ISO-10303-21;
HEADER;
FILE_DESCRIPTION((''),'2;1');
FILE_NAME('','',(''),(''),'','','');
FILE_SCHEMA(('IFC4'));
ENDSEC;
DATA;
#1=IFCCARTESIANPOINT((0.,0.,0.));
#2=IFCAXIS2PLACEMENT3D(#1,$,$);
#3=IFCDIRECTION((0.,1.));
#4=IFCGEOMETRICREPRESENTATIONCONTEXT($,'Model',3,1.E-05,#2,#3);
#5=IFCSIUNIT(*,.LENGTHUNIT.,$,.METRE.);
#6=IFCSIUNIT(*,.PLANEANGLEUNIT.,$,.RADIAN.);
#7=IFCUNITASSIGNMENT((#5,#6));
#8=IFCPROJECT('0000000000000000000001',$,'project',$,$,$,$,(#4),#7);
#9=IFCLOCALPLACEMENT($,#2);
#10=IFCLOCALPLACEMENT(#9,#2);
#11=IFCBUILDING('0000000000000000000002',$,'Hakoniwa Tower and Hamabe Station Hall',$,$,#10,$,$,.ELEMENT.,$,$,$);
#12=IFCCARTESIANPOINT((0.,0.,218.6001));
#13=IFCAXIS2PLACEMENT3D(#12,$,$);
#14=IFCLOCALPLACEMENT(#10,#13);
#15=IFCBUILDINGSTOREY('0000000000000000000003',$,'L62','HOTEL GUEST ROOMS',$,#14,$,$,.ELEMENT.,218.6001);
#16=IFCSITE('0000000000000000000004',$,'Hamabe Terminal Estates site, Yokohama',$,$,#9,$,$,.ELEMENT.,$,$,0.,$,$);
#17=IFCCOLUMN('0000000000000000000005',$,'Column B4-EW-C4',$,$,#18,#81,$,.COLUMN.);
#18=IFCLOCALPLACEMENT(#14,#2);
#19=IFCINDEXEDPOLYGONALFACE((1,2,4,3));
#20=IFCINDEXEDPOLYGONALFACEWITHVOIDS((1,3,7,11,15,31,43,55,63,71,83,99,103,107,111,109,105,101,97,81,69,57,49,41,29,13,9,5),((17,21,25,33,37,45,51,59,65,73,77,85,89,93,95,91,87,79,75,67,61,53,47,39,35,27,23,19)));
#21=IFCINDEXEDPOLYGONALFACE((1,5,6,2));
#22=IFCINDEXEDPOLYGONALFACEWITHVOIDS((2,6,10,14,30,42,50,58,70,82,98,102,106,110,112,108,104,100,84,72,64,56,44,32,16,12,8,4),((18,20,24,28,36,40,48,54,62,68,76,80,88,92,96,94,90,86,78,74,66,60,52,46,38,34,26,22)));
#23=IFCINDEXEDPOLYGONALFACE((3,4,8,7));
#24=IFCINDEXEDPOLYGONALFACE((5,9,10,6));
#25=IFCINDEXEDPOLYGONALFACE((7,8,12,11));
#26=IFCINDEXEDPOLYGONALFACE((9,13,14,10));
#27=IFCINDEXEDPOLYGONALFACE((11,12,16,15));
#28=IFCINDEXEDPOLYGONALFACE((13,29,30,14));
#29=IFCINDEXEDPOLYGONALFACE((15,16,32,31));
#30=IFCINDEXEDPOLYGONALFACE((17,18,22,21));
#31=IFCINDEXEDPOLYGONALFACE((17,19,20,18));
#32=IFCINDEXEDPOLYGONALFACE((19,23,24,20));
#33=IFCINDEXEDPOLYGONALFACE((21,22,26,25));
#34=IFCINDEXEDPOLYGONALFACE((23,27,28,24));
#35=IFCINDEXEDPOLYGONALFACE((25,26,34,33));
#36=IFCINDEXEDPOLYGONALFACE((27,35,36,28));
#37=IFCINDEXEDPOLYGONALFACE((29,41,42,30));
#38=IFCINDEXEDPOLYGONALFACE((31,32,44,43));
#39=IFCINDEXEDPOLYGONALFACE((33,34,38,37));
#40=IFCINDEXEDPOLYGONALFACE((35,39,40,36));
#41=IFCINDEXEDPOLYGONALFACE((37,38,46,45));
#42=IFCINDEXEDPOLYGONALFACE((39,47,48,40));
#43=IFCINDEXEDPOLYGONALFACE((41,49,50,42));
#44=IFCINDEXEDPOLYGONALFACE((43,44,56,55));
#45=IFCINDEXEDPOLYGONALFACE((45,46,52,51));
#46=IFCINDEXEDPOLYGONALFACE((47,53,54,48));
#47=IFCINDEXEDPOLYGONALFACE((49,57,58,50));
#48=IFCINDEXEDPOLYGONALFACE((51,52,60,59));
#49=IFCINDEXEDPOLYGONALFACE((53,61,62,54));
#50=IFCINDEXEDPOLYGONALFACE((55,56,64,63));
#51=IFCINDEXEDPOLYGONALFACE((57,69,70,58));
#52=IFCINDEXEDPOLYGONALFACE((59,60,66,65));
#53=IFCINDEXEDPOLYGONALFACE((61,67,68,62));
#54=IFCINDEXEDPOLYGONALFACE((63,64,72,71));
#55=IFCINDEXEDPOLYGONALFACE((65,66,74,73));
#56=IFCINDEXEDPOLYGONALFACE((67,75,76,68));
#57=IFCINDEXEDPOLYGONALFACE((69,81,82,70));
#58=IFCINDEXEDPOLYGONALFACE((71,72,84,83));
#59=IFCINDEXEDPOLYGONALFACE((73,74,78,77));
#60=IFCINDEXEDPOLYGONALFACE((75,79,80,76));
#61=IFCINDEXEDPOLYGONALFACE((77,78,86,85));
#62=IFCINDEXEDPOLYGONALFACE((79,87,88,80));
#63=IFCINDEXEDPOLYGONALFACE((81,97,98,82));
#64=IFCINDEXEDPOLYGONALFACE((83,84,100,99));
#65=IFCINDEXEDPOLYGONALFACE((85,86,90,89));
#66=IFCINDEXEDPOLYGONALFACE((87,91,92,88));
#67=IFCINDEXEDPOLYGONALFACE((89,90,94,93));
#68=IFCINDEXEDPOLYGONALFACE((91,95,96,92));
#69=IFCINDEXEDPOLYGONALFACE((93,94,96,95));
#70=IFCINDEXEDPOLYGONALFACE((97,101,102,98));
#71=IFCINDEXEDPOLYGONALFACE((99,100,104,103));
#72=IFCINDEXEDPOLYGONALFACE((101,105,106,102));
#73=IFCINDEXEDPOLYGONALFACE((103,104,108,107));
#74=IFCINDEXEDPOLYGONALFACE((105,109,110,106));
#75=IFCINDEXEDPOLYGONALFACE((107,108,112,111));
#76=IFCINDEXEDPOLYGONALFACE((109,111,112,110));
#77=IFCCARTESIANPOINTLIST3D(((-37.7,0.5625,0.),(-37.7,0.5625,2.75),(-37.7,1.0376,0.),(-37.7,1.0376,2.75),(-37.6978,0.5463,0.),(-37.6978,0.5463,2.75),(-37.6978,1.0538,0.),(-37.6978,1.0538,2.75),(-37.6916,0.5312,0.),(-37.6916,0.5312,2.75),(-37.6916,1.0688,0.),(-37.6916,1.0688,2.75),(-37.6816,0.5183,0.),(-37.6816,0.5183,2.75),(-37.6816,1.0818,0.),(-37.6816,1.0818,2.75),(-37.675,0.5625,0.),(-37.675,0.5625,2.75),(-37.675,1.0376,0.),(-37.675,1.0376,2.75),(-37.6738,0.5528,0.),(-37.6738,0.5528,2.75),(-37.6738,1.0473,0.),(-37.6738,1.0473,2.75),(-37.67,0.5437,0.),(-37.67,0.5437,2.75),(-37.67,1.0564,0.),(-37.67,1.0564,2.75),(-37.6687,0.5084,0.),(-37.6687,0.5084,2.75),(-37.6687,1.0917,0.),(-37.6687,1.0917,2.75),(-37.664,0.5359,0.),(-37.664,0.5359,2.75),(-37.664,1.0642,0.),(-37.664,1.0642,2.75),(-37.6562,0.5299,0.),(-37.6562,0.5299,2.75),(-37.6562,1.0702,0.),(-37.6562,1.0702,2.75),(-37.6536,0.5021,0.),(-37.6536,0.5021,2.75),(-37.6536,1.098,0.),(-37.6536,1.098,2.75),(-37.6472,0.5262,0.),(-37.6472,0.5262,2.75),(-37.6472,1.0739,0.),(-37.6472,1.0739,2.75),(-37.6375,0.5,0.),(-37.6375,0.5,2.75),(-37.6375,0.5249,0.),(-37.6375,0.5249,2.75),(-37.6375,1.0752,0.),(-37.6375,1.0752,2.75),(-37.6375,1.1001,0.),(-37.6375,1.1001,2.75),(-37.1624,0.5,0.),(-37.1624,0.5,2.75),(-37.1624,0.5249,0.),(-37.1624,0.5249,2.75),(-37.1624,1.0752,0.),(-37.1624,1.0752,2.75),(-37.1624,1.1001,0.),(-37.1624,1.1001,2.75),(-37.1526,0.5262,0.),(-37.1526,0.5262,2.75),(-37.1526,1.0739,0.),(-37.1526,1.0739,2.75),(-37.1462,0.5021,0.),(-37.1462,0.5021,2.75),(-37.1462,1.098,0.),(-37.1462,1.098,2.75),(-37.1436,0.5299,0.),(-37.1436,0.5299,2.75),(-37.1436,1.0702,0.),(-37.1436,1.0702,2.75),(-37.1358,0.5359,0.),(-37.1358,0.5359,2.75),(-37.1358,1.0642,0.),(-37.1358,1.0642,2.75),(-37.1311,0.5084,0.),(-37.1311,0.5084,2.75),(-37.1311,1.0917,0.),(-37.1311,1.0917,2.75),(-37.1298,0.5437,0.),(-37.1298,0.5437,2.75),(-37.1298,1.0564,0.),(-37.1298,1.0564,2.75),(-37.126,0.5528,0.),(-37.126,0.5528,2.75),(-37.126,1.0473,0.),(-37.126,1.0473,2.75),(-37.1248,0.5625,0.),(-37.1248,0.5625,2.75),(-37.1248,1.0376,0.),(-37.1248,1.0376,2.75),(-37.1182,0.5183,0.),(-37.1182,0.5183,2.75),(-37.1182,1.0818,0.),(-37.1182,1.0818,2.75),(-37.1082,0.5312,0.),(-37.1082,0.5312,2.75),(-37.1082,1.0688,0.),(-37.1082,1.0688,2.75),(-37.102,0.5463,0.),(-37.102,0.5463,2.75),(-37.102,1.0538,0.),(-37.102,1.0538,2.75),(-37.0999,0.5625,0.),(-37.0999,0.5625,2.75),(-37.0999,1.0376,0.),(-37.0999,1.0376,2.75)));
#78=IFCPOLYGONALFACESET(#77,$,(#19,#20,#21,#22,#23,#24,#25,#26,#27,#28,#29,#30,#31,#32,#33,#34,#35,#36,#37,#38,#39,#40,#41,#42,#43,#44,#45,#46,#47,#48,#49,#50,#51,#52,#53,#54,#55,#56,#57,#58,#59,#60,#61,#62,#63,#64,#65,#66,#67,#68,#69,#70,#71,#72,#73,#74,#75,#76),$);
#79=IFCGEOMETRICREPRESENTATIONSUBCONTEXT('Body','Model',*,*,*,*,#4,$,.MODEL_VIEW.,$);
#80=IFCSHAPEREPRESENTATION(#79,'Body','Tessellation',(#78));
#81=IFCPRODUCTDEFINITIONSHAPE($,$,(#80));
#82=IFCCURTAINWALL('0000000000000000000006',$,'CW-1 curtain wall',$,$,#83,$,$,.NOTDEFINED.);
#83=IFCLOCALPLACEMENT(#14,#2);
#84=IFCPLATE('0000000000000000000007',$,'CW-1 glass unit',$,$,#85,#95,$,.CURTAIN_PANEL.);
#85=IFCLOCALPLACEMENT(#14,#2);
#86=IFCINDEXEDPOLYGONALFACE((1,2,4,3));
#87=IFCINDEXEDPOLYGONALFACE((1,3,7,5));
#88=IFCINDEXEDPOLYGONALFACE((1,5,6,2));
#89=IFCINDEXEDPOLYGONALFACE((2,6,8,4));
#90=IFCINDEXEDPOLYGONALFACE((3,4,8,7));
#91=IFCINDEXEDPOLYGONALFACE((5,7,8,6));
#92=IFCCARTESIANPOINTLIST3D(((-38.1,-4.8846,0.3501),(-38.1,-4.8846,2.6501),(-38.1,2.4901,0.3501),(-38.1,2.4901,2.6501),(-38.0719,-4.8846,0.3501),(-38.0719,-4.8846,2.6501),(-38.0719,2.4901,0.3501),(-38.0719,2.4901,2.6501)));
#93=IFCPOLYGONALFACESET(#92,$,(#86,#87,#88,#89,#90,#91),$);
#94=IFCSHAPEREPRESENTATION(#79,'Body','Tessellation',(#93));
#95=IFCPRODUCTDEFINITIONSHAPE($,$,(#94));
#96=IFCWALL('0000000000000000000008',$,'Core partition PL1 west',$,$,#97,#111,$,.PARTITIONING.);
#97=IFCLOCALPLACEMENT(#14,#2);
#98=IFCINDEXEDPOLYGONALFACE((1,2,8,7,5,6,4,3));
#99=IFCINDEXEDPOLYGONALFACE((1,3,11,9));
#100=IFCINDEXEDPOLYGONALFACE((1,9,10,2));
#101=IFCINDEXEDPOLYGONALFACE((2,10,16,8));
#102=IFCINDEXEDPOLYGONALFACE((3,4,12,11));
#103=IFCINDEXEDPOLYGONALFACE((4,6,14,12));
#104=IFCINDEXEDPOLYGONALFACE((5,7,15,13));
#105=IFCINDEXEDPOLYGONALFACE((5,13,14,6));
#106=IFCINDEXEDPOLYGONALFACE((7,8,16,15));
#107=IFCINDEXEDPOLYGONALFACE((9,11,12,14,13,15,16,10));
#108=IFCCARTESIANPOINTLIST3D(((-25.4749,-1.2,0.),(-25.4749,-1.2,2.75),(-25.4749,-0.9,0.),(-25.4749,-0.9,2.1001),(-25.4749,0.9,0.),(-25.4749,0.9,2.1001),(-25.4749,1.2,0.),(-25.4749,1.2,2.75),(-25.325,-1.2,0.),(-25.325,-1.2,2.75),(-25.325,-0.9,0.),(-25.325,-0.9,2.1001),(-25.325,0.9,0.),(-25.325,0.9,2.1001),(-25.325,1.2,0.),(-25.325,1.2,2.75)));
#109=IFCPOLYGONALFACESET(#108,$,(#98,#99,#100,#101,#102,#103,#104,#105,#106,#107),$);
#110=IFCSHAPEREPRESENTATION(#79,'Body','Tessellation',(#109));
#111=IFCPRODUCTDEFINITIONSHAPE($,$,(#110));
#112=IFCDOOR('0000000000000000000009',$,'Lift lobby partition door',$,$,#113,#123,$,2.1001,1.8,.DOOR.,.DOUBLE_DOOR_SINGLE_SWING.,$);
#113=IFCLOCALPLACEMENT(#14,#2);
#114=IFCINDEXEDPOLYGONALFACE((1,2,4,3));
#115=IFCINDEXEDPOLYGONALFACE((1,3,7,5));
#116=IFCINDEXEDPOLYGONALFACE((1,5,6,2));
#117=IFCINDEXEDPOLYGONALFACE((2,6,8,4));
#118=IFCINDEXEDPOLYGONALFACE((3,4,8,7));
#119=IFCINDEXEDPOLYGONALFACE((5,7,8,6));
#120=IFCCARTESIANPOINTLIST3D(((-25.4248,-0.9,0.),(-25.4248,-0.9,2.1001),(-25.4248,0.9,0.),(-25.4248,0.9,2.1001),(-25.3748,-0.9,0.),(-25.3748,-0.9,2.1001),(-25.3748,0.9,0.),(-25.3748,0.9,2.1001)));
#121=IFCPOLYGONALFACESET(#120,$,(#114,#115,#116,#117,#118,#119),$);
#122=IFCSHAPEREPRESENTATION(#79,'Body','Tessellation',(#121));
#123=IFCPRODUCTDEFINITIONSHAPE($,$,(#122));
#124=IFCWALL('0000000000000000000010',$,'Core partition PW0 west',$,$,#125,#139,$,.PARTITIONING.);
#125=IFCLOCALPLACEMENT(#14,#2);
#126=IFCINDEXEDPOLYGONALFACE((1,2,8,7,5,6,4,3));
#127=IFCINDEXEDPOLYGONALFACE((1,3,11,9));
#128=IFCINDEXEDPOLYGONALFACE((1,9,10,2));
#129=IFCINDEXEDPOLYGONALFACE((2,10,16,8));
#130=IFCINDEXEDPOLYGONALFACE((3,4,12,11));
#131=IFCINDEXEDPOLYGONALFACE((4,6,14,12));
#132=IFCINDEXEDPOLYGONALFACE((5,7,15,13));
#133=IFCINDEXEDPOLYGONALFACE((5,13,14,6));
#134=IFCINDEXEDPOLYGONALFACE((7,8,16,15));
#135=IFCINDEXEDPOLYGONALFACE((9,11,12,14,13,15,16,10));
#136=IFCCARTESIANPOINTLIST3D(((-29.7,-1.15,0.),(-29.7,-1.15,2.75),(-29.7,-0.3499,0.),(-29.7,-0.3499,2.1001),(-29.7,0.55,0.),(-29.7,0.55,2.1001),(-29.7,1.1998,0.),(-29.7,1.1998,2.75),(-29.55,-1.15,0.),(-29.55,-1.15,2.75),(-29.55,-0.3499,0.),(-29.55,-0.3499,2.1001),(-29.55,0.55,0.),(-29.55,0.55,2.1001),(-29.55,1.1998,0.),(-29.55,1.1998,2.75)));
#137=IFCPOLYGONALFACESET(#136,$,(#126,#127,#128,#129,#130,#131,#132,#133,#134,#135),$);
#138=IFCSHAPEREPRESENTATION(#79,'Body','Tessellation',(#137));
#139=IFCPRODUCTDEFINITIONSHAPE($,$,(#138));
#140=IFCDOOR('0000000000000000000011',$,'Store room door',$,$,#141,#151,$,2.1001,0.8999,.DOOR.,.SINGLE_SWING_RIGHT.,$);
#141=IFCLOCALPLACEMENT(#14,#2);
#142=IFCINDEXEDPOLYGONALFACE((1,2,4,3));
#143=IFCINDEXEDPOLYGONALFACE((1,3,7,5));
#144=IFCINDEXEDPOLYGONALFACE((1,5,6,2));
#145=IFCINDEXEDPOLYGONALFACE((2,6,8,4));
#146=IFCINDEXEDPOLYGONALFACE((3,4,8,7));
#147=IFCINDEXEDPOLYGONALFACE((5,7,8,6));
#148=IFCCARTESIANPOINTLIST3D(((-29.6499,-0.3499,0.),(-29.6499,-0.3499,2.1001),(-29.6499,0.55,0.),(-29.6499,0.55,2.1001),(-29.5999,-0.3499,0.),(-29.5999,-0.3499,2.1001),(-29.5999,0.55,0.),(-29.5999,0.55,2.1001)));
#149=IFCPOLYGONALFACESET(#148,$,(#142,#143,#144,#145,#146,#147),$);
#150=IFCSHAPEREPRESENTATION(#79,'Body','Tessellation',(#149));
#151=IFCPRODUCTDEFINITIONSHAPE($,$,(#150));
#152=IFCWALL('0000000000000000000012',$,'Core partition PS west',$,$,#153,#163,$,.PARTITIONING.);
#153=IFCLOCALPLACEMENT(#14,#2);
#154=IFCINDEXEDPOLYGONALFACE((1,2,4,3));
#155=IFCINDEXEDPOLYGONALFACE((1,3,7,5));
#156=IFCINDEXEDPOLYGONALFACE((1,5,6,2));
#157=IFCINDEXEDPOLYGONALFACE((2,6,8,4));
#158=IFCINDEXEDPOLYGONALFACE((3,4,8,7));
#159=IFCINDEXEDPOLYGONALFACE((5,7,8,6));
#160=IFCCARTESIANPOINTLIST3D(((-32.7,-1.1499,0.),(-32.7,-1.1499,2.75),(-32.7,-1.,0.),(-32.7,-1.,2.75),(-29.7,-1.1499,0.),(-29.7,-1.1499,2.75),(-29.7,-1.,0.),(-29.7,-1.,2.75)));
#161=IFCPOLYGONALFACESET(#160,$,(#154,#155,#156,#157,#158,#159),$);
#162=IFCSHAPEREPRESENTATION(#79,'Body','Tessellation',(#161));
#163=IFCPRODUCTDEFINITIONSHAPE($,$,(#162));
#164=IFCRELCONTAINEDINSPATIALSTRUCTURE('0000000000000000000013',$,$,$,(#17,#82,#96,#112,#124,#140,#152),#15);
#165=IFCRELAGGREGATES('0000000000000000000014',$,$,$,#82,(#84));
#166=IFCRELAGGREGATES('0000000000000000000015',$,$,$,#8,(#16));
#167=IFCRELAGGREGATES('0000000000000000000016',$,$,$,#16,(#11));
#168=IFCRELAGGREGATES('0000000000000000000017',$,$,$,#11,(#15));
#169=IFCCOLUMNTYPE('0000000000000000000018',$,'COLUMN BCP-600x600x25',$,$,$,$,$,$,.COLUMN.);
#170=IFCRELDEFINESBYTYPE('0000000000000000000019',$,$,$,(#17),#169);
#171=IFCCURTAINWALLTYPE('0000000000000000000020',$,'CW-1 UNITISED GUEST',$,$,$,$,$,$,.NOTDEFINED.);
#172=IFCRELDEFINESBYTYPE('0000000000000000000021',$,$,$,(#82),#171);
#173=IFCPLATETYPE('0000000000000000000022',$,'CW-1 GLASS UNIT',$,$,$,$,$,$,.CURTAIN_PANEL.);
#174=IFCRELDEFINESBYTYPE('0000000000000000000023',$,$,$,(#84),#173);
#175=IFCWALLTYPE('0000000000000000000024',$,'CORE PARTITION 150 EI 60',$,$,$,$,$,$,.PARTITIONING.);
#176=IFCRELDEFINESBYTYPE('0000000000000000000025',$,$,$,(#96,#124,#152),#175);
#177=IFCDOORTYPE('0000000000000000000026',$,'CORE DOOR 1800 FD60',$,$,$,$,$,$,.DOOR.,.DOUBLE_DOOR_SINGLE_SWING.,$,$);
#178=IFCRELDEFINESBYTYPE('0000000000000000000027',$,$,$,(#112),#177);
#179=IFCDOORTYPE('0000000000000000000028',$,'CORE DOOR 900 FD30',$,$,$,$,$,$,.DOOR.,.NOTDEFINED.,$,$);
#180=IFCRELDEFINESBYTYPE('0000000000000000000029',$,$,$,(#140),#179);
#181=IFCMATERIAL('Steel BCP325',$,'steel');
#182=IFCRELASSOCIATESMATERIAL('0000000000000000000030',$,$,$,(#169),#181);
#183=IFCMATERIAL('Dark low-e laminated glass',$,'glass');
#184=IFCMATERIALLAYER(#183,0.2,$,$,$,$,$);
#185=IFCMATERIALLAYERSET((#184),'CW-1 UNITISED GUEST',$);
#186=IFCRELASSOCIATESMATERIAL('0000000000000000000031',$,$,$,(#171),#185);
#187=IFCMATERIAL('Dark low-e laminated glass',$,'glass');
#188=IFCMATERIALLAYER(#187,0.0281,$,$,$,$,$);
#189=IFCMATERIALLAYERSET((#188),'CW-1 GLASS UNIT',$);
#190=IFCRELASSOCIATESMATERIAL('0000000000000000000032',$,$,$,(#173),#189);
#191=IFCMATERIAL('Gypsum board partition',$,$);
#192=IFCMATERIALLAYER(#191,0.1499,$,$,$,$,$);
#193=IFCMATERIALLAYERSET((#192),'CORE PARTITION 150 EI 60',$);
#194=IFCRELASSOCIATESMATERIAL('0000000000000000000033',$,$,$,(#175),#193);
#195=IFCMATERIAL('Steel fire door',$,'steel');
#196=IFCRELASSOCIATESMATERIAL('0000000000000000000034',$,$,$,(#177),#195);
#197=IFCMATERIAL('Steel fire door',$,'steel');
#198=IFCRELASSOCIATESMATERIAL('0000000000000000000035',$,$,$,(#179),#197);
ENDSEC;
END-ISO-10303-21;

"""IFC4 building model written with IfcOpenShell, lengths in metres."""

from ifc_helpers import new_model, si_unit, direction, frame, frame_2d, origin, origin_2d, place, context, subcontext, project, spatial, rectangle, hollow_rectangle, extrude, material, layer, layer_set, material_profile, profile_set, type_object, element, fill, aggregate, save


model = new_model("IFC4")

# Units and contexts
model_context = context("Model", 3, precision=1e-05, world=origin(), true_north=direction((0.0, 1.0)))
body_context = subcontext(model_context, "Body", "Model", "MODEL_VIEW")
ifc_project = project(units=[si_unit("LENGTHUNIT", "METRE"), si_unit("PLANEANGLEUNIT", "RADIAN")], contexts=[model_context])

# Site, building, storey
site_placement = place(None, origin())
site = spatial("IfcSite", under=ifc_project, at=site_placement, Name="Hamabe Terminal Estates site, Yokohama", CompositionType="ELEMENT", RefElevation=0.0)
building_placement = place(site_placement, origin())
building = spatial("IfcBuilding", under=site, at=building_placement, Name="Hakoniwa Tower and Hamabe Station Hall", CompositionType="ELEMENT")
storey_placement = place(building_placement, frame((0.0, 0.0, 218.6001)))
storey = spatial("IfcBuildingStorey", under=building, at=storey_placement, Name="L62", Description="HOTEL GUEST ROOMS", CompositionType="ELEMENT", Elevation=218.6001)

# Column
ifc_material_1 = material(Name="Steel BCP325", Category="steel")
ifc_material_profile = material_profile(ifc_material_1, hollow_rectangle(XDim=0.6001, YDim=0.6001, WallThickness=0.0249, InnerFilletRadius=0.0376, OuterFilletRadius=0.0625, at=origin_2d()), Name="BCP-600x600x25")
ifc_profile_set = profile_set([ifc_material_profile], Name="Steel BCP325")
column_type = type_object("IfcColumnType", Name="COLUMN BCP-600x600x25", PredefinedType="COLUMN", material=ifc_profile_set)
column_placement = place(storey_placement, frame((-37.3999, 0.8, 0.0), z_axis=(0.0, 0.0, 1.0), x_axis=(1.0, 0.0, 0.0)))
element("IfcColumn", 1, at=column_placement, inside=storey, type_object=column_type, Name="Column B4-EW-C4", PredefinedType="COLUMN", context=body_context, shape_type="SweptSolid", body=[
    extrude(hollow_rectangle(XDim=0.6001, YDim=0.6001, WallThickness=0.0249, InnerFilletRadius=0.0376, OuterFilletRadius=0.0625, at=origin_2d()), origin(), (0.0, 0.0, 1.0), 2.75),
])

# Curtain wall, plate
ifc_material_2 = material(Name="Dark low-e laminated glass", Category="glass")
ifc_layer_1 = layer(ifc_material_2, 0.2)
ifc_layer_set_1 = layer_set([ifc_layer_1], Name="CW-1 UNITISED GUEST")
curtain_wall_type = type_object("IfcCurtainWallType", Name="CW-1 UNITISED GUEST", PredefinedType="NOTDEFINED", material=ifc_layer_set_1)
curtain_wall_placement = place(storey_placement, origin())
curtain_wall = element("IfcCurtainWall", 2, at=curtain_wall_placement, inside=storey, type_object=curtain_wall_type, Name="CW-1 curtain wall", PredefinedType="NOTDEFINED")
ifc_material_3 = material(Name="Dark low-e laminated glass", Category="glass")
ifc_layer_2 = layer(ifc_material_3, 0.0281)
ifc_layer_set_2 = layer_set([ifc_layer_2], Name="CW-1 GLASS UNIT")
plate_type = type_object("IfcPlateType", Name="CW-1 GLASS UNIT", PredefinedType="CURTAIN_PANEL", material=ifc_layer_set_2)
plate_placement = place(storey_placement, frame((-38.0859, -1.1973, 0.3501), z_axis=(0.0, 0.0, 1.0), x_axis=(0.0, -1.0, 0.0)))
plate = element("IfcPlate", 3, at=plate_placement, type_object=plate_type, Name="CW-1 glass unit", PredefinedType="CURTAIN_PANEL", context=body_context, shape_type="SweptSolid", body=[
    extrude(rectangle(XDim=7.3748, YDim=0.0281, at=origin_2d()), origin(), (0.0, 0.0, 1.0), 2.3),
])
aggregate(curtain_wall, [plate])

# Walls, openings, doors
ifc_material_4 = material(Name="Gypsum board partition")
ifc_layer_3 = layer(ifc_material_4, 0.1499)
ifc_layer_set_3 = layer_set([ifc_layer_3], Name="CORE PARTITION 150 EI 60")
wall_type_1 = type_object("IfcWallType", Name="CORE PARTITION 150 EI 60", PredefinedType="PARTITIONING", material=ifc_layer_set_3)
wall_1_placement = place(storey_placement, frame((-25.3999, -1.2, 0.0), z_axis=(0.0, 0.0, 1.0), x_axis=(0.0, 1.0, 0.0)))
wall_1 = element("IfcWall", 4, at=wall_1_placement, inside=storey, type_object=wall_type_1, Name="Core partition PL1 west", PredefinedType="PARTITIONING", context=body_context, shape_type="SweptSolid", body=[
    extrude(rectangle(XDim=2.3999, YDim=0.1499, at=frame_2d((1.2, 0.0))), origin(), (0.0, 0.0, 1.0), 2.75),
])
opening_1_placement = place(wall_1_placement, frame((0.3, 0.0, 0.0)))
opening_1 = element("IfcOpeningElement", 5, at=opening_1_placement, cuts=wall_1, PredefinedType="OPENING", context=body_context, shape_type="SweptSolid", body=[
    extrude(rectangle(XDim=1.8, YDim=2.1001, at=frame_2d((0.8999, 1.05))), frame((0.0, 0.085, 0.0), z_axis=(0.0, -1.0, 0.0), x_axis=(1.0, 0.0, 0.0)), (0.0, 0.0, 1.0), 0.1699),
])
ifc_material_5 = material(Name="Steel fire door", Category="steel")
door_type_1 = type_object("IfcDoorType", Name="CORE DOOR 1800 FD60", OperationType="DOUBLE_DOOR_SINGLE_SWING", PredefinedType="DOOR", material=ifc_material_5)
door_1_placement = place(opening_1_placement, origin())
door_1 = element("IfcDoor", 6, at=door_1_placement, inside=storey, type_object=door_type_1, Name="Lift lobby partition door", OperationType="DOUBLE_DOOR_SINGLE_SWING", OverallHeight=2.1001, OverallWidth=1.8, PredefinedType="DOOR", context=body_context, shape_type="SweptSolid", body=[
    extrude(rectangle(XDim=1.8, YDim=2.1001, at=frame_2d((0.8999, 1.05))), frame((0.0, 0.0249, 0.0), z_axis=(0.0, -1.0, 0.0), x_axis=(1.0, 0.0, 0.0)), (0.0, 0.0, 1.0), 0.05),
])
fill(opening_1, door_1)
wall_2_placement = place(storey_placement, frame((-29.625, -1.1499, 0.0), z_axis=(0.0, 0.0, 1.0), x_axis=(0.0, 1.0, 0.0)))
wall_2 = element("IfcWall", 7, at=wall_2_placement, inside=storey, type_object=wall_type_1, Name="Core partition PW0 west", PredefinedType="PARTITIONING", context=body_context, shape_type="SweptSolid", body=[
    extrude(rectangle(XDim=2.3499, YDim=0.1499, at=frame_2d((1.1748, 0.0))), origin(), (0.0, 0.0, 1.0), 2.75),
])
opening_2_placement = place(wall_2_placement, frame((0.8, 0.0, 0.0)))
opening_2 = element("IfcOpeningElement", 8, at=opening_2_placement, cuts=wall_2, PredefinedType="OPENING", context=body_context, shape_type="SweptSolid", body=[
    extrude(rectangle(XDim=0.8999, YDim=2.1001, at=frame_2d((0.45, 1.05))), frame((0.0, 0.085, 0.0), z_axis=(0.0, -1.0, 0.0), x_axis=(1.0, 0.0, 0.0)), (0.0, 0.0, 1.0), 0.1699),
])
ifc_material_6 = material(Name="Steel fire door", Category="steel")
door_type_2 = type_object("IfcDoorType", Name="CORE DOOR 900 FD30", OperationType="NOTDEFINED", PredefinedType="DOOR", material=ifc_material_6)
door_2_placement = place(opening_2_placement, origin())
door_2 = element("IfcDoor", 9, at=door_2_placement, inside=storey, type_object=door_type_2, Name="Store room door", OperationType="SINGLE_SWING_RIGHT", OverallHeight=2.1001, OverallWidth=0.8999, PredefinedType="DOOR", context=body_context, shape_type="SweptSolid", body=[
    extrude(rectangle(XDim=0.8999, YDim=2.1001, at=frame_2d((0.45, 1.05))), frame((0.0, 0.0249, 0.0), z_axis=(0.0, -1.0, 0.0), x_axis=(1.0, 0.0, 0.0)), (0.0, 0.0, 1.0), 0.05),
])
fill(opening_2, door_2)

# Wall
wall_3_placement = place(storey_placement, frame((-32.7, -1.075, 0.0), z_axis=(0.0, 0.0, 1.0), x_axis=(1.0, 0.0, 0.0)))
element("IfcWall", 10, at=wall_3_placement, inside=storey, type_object=wall_type_1, Name="Core partition PS west", PredefinedType="PARTITIONING", context=body_context, shape_type="SweptSolid", body=[
    extrude(rectangle(XDim=3.0, YDim=0.1499, at=frame_2d((1.5, 0.0))), origin(), (0.0, 0.0, 1.0), 2.75),
])

save(model, "model.ifc")
